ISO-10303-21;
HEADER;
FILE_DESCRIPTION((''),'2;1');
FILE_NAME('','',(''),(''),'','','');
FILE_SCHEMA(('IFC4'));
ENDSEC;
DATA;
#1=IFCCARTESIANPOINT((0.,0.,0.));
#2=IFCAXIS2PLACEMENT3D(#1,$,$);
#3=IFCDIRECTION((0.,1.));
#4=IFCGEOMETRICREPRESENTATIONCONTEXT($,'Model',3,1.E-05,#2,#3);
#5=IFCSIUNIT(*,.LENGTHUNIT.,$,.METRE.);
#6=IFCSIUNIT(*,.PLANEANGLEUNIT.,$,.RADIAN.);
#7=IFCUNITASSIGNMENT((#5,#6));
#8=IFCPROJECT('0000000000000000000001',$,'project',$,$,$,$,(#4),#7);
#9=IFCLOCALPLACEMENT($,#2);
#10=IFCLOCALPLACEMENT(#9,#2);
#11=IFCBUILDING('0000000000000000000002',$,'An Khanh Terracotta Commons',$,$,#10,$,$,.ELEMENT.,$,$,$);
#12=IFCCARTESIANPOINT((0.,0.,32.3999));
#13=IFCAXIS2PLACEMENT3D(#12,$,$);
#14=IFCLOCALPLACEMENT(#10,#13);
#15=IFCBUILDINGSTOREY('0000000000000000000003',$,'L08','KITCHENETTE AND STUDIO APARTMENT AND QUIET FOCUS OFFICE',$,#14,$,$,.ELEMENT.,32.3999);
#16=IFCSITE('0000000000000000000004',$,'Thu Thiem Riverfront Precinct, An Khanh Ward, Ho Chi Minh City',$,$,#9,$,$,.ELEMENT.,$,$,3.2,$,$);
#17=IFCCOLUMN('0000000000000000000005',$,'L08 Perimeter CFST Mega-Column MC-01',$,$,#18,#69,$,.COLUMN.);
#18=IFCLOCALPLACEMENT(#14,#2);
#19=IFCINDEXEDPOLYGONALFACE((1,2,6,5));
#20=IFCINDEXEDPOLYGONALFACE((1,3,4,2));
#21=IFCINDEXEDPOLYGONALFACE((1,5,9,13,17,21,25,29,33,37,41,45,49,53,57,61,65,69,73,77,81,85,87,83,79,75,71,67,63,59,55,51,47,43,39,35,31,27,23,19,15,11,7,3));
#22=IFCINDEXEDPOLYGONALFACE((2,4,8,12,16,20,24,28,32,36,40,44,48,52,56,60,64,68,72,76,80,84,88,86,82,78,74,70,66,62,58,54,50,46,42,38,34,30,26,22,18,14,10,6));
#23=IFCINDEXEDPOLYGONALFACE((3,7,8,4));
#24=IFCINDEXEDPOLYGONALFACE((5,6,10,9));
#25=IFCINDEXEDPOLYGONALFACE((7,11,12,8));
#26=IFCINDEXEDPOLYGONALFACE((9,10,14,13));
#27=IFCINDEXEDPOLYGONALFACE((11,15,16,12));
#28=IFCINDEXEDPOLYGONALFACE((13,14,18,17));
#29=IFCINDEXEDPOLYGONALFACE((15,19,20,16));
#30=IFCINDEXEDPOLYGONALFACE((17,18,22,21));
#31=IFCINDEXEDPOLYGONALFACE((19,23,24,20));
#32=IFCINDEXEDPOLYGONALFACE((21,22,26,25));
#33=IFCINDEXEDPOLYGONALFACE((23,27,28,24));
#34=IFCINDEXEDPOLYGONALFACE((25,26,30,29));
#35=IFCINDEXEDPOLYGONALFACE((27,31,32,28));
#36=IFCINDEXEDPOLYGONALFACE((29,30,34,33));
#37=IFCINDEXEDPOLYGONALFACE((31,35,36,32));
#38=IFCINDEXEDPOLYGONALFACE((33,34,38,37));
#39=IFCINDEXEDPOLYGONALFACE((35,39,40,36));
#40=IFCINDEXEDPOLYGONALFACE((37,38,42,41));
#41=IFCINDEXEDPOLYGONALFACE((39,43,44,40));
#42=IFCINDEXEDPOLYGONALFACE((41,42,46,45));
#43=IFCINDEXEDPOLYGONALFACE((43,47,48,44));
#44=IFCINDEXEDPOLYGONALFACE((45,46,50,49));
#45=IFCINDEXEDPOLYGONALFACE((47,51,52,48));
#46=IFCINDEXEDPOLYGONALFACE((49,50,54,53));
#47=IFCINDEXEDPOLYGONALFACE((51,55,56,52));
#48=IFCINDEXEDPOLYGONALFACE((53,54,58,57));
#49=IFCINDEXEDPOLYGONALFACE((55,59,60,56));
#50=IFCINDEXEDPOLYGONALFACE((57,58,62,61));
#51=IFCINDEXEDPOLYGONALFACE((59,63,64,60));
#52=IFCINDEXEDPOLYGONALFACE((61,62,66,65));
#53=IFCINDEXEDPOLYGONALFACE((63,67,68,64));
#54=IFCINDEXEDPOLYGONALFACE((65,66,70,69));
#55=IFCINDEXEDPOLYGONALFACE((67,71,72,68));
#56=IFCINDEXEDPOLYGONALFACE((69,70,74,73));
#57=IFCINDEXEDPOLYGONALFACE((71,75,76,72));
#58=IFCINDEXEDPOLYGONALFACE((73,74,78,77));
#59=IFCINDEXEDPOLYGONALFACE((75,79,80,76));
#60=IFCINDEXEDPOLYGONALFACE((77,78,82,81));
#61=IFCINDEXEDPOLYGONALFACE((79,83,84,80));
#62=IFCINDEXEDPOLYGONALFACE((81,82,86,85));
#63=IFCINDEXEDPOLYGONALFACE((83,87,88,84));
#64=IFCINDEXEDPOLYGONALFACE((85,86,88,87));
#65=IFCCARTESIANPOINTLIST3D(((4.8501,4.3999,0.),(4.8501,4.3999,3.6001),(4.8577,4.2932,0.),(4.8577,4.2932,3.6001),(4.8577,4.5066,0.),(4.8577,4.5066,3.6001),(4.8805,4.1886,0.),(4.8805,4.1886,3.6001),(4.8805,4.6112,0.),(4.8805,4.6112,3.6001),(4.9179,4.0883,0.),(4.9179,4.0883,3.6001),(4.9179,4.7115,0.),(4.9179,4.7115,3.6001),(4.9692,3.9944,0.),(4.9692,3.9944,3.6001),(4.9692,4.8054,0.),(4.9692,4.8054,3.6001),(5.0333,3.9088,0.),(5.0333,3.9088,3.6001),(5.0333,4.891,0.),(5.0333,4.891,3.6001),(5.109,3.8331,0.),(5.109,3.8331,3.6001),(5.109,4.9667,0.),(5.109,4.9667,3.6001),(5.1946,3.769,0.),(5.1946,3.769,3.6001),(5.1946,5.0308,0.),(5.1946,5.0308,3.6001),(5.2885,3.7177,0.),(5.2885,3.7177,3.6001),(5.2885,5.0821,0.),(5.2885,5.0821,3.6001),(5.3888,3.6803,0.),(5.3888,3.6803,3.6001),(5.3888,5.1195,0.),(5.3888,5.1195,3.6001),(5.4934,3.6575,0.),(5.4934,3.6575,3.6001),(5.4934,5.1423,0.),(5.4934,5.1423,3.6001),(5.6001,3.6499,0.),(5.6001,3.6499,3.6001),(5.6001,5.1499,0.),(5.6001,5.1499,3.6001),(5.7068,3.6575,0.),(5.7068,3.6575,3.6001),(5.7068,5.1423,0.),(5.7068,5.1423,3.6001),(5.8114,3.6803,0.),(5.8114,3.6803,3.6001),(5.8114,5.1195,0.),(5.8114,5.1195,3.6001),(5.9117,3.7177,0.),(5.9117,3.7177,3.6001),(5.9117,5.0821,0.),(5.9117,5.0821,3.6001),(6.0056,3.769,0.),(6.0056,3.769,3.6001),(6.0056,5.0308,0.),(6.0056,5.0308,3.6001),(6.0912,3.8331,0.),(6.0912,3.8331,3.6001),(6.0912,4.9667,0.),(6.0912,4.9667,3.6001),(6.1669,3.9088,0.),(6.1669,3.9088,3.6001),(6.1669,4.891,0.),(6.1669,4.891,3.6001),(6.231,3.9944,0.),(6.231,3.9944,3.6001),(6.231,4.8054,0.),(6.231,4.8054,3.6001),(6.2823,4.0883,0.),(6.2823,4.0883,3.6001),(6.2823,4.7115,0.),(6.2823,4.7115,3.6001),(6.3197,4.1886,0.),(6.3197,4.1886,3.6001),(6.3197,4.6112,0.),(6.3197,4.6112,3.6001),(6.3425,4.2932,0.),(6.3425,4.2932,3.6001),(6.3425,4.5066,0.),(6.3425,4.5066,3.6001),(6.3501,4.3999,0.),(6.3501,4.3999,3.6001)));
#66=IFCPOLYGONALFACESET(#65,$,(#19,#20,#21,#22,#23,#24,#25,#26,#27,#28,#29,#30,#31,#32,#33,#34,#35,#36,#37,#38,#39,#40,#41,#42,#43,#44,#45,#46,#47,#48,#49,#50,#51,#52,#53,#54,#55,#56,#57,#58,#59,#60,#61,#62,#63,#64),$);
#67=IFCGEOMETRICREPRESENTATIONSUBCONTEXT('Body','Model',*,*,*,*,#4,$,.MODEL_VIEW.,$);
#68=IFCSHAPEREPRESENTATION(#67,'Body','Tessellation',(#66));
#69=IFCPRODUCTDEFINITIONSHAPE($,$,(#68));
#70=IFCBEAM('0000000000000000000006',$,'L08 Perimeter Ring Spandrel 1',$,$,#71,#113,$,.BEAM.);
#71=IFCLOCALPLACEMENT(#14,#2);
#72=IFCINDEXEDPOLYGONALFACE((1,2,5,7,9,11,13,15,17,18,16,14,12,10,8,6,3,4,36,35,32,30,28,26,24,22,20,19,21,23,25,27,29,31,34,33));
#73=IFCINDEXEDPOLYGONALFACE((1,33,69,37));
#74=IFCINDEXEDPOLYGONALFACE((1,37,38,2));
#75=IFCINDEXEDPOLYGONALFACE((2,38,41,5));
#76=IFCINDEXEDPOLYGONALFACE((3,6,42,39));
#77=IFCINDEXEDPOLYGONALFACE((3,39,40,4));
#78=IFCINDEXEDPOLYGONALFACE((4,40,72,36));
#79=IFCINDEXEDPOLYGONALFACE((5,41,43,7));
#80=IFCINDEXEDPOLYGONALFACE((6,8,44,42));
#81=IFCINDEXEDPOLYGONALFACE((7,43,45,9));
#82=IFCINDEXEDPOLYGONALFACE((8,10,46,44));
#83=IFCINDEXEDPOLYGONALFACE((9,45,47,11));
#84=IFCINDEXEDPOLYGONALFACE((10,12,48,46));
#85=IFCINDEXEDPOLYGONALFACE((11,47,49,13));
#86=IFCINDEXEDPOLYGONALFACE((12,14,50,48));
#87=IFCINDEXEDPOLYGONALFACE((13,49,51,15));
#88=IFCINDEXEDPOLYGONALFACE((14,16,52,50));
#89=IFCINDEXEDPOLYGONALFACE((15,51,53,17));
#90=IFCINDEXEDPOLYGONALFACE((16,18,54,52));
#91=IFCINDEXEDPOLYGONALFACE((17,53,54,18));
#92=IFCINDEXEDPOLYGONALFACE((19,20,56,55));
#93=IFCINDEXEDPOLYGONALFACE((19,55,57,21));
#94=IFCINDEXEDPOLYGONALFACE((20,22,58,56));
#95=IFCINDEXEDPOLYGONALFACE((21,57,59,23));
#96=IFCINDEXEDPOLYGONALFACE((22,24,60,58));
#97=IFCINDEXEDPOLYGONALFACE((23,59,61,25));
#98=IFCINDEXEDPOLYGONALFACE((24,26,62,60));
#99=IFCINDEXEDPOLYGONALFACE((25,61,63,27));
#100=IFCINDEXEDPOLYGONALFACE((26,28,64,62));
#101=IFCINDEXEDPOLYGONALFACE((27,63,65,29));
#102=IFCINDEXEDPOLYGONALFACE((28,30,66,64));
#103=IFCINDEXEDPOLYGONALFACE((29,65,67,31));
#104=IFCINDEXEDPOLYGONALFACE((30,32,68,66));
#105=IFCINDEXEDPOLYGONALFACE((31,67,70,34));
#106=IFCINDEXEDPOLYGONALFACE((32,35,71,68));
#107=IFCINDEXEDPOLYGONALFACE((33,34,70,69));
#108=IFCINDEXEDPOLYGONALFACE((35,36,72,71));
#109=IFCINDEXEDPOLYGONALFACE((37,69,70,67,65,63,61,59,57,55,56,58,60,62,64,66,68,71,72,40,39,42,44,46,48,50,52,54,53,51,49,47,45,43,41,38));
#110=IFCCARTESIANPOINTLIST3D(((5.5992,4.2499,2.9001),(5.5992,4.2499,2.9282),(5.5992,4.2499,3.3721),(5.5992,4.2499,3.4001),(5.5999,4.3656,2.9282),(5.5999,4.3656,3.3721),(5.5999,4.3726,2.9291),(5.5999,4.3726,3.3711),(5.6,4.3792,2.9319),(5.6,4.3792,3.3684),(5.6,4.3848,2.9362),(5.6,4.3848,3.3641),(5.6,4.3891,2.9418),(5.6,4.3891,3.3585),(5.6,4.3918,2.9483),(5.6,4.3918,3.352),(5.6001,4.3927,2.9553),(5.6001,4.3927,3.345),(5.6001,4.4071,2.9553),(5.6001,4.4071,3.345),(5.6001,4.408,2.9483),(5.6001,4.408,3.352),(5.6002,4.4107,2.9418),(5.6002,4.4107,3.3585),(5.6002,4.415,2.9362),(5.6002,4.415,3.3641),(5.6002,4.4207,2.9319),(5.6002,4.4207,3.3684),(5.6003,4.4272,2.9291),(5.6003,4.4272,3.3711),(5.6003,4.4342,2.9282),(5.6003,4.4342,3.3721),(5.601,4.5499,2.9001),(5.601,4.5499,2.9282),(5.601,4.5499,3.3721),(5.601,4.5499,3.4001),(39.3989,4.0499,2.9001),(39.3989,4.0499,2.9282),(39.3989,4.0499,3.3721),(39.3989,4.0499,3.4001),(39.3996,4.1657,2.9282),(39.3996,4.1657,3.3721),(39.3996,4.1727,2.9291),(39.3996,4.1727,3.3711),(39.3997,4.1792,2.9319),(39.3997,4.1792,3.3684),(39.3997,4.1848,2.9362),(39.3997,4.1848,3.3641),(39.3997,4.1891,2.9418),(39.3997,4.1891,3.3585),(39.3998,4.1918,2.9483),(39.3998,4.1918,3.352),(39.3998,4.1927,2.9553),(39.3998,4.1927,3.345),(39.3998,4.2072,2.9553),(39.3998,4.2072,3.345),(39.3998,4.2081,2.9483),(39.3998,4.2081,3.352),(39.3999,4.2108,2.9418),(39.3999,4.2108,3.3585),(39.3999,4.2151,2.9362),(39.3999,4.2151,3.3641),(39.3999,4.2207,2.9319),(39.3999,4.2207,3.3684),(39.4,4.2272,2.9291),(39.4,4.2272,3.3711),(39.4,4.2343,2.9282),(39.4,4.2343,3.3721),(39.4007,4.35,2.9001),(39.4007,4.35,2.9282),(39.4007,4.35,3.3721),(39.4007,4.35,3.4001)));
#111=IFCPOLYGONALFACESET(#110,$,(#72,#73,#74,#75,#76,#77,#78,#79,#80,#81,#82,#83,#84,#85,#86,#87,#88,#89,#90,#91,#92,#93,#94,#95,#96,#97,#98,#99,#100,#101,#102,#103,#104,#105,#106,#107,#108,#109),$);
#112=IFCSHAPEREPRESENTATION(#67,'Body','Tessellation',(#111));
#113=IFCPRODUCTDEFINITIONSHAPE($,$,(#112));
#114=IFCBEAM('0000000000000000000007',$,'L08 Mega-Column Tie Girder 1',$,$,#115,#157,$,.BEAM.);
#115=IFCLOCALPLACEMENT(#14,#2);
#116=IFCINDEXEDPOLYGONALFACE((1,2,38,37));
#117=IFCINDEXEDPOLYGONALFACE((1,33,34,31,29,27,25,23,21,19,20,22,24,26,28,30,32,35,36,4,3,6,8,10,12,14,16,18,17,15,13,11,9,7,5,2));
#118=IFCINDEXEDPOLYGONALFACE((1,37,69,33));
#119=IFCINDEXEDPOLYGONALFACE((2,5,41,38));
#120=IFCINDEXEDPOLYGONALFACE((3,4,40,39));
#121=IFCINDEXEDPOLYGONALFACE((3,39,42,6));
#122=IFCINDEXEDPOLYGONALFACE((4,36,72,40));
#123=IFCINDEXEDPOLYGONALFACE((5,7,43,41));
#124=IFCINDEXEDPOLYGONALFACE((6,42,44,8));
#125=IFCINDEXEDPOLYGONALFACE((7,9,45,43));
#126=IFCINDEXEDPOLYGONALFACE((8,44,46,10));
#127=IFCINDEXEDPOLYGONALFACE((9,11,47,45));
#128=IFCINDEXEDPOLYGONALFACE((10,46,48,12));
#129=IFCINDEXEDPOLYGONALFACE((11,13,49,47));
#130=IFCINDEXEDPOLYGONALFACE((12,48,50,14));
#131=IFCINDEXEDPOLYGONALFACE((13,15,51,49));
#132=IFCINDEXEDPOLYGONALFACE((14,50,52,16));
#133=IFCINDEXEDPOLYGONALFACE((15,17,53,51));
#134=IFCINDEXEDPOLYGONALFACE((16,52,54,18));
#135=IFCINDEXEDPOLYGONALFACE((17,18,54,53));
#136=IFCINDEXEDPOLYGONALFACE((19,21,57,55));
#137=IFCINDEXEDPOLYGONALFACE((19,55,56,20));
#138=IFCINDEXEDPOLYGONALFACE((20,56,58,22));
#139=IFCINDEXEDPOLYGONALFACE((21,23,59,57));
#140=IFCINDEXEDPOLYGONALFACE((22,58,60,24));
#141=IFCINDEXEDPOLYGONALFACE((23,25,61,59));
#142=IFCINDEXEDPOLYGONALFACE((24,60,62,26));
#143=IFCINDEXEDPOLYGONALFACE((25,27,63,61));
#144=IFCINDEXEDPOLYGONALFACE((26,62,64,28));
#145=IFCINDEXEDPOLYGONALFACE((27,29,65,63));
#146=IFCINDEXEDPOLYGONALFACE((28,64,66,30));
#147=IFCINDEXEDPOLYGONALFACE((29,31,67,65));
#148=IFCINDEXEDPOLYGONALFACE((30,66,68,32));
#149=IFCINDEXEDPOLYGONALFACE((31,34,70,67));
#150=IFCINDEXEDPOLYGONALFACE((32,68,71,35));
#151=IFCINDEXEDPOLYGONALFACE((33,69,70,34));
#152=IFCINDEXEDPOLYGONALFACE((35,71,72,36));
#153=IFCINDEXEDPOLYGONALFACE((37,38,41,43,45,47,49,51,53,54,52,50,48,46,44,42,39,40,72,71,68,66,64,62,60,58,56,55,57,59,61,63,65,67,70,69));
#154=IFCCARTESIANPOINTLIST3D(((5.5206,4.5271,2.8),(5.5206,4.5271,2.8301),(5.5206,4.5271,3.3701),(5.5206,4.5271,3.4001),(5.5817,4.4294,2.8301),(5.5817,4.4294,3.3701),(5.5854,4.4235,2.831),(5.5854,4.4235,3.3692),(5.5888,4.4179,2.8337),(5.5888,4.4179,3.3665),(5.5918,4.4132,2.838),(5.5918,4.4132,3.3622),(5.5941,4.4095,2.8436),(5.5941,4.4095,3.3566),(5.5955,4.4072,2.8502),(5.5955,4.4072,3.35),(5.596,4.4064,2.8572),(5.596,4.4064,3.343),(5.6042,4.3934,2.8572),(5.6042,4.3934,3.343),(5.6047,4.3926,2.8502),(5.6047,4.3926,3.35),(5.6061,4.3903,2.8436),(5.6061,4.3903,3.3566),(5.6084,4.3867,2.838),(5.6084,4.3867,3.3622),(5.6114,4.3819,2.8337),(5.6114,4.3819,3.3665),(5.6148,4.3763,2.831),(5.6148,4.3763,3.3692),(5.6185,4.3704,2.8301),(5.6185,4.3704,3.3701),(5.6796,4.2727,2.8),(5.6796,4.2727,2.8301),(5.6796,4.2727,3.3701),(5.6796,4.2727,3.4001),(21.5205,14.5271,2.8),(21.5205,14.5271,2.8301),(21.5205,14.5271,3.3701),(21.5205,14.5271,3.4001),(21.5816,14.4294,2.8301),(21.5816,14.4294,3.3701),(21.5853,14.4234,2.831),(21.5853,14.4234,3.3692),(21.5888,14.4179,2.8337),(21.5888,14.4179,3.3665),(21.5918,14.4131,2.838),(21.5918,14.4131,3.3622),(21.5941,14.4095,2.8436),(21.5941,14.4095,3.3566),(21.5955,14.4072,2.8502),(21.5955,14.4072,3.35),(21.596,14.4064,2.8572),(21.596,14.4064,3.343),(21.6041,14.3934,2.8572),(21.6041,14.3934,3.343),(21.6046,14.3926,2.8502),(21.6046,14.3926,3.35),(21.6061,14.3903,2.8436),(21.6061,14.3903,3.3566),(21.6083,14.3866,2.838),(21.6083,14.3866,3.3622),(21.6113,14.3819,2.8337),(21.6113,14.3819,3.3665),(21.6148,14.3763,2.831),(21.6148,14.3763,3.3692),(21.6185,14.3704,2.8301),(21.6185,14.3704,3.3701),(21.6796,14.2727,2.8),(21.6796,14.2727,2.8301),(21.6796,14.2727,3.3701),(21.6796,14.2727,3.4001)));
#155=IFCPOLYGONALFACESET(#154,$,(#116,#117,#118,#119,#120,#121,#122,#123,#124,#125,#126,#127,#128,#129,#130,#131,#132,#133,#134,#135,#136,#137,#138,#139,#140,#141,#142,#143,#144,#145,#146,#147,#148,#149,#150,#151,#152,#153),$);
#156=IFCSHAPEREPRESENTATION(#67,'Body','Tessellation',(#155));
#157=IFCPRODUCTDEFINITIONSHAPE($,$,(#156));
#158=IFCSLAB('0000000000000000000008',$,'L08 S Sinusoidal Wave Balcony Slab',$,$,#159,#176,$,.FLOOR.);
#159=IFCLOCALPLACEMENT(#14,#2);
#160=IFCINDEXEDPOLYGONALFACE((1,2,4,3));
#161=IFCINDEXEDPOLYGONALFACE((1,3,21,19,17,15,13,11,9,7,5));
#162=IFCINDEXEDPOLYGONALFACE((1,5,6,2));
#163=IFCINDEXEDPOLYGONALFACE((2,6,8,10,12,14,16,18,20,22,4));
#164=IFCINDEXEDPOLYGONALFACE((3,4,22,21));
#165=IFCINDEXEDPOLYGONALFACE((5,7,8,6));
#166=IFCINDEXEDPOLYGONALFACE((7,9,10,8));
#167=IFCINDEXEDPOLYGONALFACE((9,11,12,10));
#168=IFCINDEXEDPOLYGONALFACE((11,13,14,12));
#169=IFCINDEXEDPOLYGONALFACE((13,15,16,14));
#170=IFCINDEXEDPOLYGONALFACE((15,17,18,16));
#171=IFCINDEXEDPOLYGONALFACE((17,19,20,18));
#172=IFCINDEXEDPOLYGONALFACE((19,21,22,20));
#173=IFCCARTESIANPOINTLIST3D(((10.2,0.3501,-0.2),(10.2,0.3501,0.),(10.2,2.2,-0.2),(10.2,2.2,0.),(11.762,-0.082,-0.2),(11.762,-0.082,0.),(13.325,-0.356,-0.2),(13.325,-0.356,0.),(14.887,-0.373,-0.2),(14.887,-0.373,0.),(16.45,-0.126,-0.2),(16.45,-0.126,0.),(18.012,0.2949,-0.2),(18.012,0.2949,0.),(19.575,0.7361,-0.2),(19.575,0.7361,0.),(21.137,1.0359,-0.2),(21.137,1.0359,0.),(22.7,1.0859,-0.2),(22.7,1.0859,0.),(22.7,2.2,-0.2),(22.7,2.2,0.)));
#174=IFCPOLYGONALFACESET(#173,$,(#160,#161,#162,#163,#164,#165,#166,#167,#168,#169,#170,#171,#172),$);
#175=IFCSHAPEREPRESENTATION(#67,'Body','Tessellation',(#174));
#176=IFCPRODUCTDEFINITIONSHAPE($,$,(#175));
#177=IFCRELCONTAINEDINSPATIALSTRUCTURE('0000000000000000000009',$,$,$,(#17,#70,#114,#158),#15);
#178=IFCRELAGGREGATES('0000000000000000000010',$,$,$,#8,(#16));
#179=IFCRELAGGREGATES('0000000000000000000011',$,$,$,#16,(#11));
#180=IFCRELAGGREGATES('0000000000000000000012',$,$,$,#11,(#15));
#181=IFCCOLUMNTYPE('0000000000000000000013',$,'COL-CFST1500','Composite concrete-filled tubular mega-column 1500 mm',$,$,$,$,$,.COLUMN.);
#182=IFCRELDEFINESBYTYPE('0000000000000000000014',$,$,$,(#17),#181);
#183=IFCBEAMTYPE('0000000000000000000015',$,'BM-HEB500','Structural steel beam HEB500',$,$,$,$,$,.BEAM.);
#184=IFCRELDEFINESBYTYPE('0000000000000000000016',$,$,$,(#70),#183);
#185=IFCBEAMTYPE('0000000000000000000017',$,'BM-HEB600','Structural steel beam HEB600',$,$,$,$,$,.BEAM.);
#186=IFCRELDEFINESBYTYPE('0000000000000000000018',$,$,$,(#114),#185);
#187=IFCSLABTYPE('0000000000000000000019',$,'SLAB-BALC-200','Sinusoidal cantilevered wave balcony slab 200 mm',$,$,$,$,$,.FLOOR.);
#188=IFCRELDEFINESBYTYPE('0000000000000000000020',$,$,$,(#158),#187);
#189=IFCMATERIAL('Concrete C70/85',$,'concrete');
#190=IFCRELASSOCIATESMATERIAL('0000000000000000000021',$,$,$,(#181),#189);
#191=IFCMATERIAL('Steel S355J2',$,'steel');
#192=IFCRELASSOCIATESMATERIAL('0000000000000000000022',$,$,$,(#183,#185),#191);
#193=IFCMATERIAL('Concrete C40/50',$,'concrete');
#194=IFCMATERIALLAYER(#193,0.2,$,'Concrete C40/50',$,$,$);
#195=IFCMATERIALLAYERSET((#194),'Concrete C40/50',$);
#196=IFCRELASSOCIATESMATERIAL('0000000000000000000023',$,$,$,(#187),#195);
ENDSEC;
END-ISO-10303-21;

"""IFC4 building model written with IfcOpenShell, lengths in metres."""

from ifc_helpers import new_model, si_unit, direction, frame, origin, origin_2d, place, context, subcontext, project, spatial, polyline, circle, i_section, outline, extrude, material, layer, layer_set, material_profile, profile_set, type_object, element, save


model = new_model("IFC4")

# Units and contexts
model_context = context("Model", 3, precision=1e-05, world=origin(), true_north=direction((0.0, 1.0)))
body_context = subcontext(model_context, "Body", "Model", "MODEL_VIEW")
ifc_project = project(units=[si_unit("LENGTHUNIT", "METRE"), si_unit("PLANEANGLEUNIT", "RADIAN")], contexts=[model_context])

# Site, building, storey
site_placement = place(None, origin())
site = spatial("IfcSite", under=ifc_project, at=site_placement, Name="Thu Thiem Riverfront Precinct, An Khanh Ward, Ho Chi Minh City", CompositionType="ELEMENT", RefElevation=3.2)
building_placement = place(site_placement, origin())
building = spatial("IfcBuilding", under=site, at=building_placement, Name="An Khanh Terracotta Commons", CompositionType="ELEMENT")
storey_placement = place(building_placement, frame((0.0, 0.0, 32.3999)))
storey = spatial("IfcBuildingStorey", under=building, at=storey_placement, Name="L08", Description="KITCHENETTE AND STUDIO APARTMENT AND QUIET FOCUS OFFICE", CompositionType="ELEMENT", Elevation=32.3999)

# Column
ifc_material_1 = material(Name="Concrete C70/85", Category="concrete")
ifc_material_profile_1 = material_profile(ifc_material_1, circle(Radius=0.75, at=origin_2d()), Name="CFST1500")
ifc_profile_set_1 = profile_set([ifc_material_profile_1], Name="Concrete C70/85")
column_type = type_object("IfcColumnType", Name="COL-CFST1500", Description="Composite concrete-filled tubular mega-column 1500 mm", PredefinedType="COLUMN", material=ifc_profile_set_1)
column_placement = place(storey_placement, frame((5.6001, 4.3999, 0.0), z_axis=(0.0, 0.0, 1.0), x_axis=(1.0, 0.0, 0.0)))
element("IfcColumn", 1, at=column_placement, inside=storey, type_object=column_type, Name="L08 Perimeter CFST Mega-Column MC-01", PredefinedType="COLUMN", context=body_context, shape_type="SweptSolid", body=[
    extrude(circle(Radius=0.75, at=origin_2d()), origin(), (0.0, 0.0, 1.0), 3.6001),
])

# Beams
ifc_material_2 = material(Name="Steel S355J2", Category="steel")
ifc_material_profile_2 = material_profile(ifc_material_2, i_section(OverallWidth=0.3, OverallDepth=0.5, WebThickness=0.0144, FlangeThickness=0.0281, FilletRadius=0.0271, at=origin_2d()), Name="HEB500")
ifc_profile_set_2 = profile_set([ifc_material_profile_2], Name="Steel S355J2")
beam_type_1 = type_object("IfcBeamType", Name="BM-HEB500", Description="Structural steel beam HEB500", PredefinedType="BEAM", material=ifc_profile_set_2)
beam_1_placement = place(storey_placement, frame((5.6001, 4.3999, 3.1501), z_axis=(0.999983, -0.005916, 0.0), x_axis=(0.005916, 0.999983, 0.0)))
element("IfcBeam", 2, at=beam_1_placement, inside=storey, type_object=beam_type_1, Name="L08 Perimeter Ring Spandrel 1", PredefinedType="BEAM", context=body_context, shape_type="SweptSolid", body=[
    extrude(i_section(OverallWidth=0.3, OverallDepth=0.5, WebThickness=0.0144, FlangeThickness=0.0281, FilletRadius=0.0271, at=origin_2d()), origin(), (0.0, 0.0, 1.0), 33.8003),
])
ifc_material_profile_3 = material_profile(ifc_material_2, i_section(OverallWidth=0.3, OverallDepth=0.6001, WebThickness=0.0154, FlangeThickness=0.03, FilletRadius=0.0271, at=origin_2d()), Name="HEB600")
ifc_profile_set_3 = profile_set([ifc_material_profile_3], Name="Steel S355J2")
beam_type_2 = type_object("IfcBeamType", Name="BM-HEB600", Description="Structural steel beam HEB600", PredefinedType="BEAM", material=ifc_profile_set_3)
beam_2_placement = place(storey_placement, frame((5.6001, 4.3999, 3.1001), z_axis=(0.847998, 0.529999, 0.0), x_axis=(-0.529999, 0.847998, 0.0)))
element("IfcBeam", 3, at=beam_2_placement, inside=storey, type_object=beam_type_2, Name="L08 Mega-Column Tie Girder 1", PredefinedType="BEAM", context=body_context, shape_type="SweptSolid", body=[
    extrude(i_section(OverallWidth=0.3, OverallDepth=0.6001, WebThickness=0.0154, FlangeThickness=0.03, FilletRadius=0.0271, at=origin_2d()), origin(), (0.0, 0.0, 1.0), 18.8679),
])

# Slab
ifc_material_3 = material(Name="Concrete C40/50", Category="concrete")
ifc_layer_1 = layer(ifc_material_3, 0.2, Name="Concrete C40/50")
ifc_layer_set_1 = layer_set([ifc_layer_1], Name="Concrete C40/50")
slab_type_1 = type_object("IfcSlabType", Name="SLAB-BALC-200", Description="Sinusoidal cantilevered wave balcony slab 200 mm", PredefinedType="FLOOR", material=ifc_layer_set_1)
slab_1_placement = place(storey_placement, frame((0.0, 0.0, -0.2)))
element("IfcSlab", 4, at=slab_1_placement, inside=storey, type_object=slab_type_1, Name="L08 S Sinusoidal Wave Balcony Slab", PredefinedType="FLOOR", context=body_context, shape_type="SweptSolid", body=[
    extrude(outline(polyline([(10.2, 2.2), (10.2, 0.3501), (11.762, -0.082), (13.325, -0.356), (14.887, -0.373), (16.45, -0.126), (18.012, 0.2949), (19.575, 0.7361), (21.137, 1.0359), (22.7, 1.0859), (22.7, 2.2), (10.2, 2.2)])), origin(), (0.0, 0.0, 1.0), 0.2),
])

save(model, "model.ifc")
